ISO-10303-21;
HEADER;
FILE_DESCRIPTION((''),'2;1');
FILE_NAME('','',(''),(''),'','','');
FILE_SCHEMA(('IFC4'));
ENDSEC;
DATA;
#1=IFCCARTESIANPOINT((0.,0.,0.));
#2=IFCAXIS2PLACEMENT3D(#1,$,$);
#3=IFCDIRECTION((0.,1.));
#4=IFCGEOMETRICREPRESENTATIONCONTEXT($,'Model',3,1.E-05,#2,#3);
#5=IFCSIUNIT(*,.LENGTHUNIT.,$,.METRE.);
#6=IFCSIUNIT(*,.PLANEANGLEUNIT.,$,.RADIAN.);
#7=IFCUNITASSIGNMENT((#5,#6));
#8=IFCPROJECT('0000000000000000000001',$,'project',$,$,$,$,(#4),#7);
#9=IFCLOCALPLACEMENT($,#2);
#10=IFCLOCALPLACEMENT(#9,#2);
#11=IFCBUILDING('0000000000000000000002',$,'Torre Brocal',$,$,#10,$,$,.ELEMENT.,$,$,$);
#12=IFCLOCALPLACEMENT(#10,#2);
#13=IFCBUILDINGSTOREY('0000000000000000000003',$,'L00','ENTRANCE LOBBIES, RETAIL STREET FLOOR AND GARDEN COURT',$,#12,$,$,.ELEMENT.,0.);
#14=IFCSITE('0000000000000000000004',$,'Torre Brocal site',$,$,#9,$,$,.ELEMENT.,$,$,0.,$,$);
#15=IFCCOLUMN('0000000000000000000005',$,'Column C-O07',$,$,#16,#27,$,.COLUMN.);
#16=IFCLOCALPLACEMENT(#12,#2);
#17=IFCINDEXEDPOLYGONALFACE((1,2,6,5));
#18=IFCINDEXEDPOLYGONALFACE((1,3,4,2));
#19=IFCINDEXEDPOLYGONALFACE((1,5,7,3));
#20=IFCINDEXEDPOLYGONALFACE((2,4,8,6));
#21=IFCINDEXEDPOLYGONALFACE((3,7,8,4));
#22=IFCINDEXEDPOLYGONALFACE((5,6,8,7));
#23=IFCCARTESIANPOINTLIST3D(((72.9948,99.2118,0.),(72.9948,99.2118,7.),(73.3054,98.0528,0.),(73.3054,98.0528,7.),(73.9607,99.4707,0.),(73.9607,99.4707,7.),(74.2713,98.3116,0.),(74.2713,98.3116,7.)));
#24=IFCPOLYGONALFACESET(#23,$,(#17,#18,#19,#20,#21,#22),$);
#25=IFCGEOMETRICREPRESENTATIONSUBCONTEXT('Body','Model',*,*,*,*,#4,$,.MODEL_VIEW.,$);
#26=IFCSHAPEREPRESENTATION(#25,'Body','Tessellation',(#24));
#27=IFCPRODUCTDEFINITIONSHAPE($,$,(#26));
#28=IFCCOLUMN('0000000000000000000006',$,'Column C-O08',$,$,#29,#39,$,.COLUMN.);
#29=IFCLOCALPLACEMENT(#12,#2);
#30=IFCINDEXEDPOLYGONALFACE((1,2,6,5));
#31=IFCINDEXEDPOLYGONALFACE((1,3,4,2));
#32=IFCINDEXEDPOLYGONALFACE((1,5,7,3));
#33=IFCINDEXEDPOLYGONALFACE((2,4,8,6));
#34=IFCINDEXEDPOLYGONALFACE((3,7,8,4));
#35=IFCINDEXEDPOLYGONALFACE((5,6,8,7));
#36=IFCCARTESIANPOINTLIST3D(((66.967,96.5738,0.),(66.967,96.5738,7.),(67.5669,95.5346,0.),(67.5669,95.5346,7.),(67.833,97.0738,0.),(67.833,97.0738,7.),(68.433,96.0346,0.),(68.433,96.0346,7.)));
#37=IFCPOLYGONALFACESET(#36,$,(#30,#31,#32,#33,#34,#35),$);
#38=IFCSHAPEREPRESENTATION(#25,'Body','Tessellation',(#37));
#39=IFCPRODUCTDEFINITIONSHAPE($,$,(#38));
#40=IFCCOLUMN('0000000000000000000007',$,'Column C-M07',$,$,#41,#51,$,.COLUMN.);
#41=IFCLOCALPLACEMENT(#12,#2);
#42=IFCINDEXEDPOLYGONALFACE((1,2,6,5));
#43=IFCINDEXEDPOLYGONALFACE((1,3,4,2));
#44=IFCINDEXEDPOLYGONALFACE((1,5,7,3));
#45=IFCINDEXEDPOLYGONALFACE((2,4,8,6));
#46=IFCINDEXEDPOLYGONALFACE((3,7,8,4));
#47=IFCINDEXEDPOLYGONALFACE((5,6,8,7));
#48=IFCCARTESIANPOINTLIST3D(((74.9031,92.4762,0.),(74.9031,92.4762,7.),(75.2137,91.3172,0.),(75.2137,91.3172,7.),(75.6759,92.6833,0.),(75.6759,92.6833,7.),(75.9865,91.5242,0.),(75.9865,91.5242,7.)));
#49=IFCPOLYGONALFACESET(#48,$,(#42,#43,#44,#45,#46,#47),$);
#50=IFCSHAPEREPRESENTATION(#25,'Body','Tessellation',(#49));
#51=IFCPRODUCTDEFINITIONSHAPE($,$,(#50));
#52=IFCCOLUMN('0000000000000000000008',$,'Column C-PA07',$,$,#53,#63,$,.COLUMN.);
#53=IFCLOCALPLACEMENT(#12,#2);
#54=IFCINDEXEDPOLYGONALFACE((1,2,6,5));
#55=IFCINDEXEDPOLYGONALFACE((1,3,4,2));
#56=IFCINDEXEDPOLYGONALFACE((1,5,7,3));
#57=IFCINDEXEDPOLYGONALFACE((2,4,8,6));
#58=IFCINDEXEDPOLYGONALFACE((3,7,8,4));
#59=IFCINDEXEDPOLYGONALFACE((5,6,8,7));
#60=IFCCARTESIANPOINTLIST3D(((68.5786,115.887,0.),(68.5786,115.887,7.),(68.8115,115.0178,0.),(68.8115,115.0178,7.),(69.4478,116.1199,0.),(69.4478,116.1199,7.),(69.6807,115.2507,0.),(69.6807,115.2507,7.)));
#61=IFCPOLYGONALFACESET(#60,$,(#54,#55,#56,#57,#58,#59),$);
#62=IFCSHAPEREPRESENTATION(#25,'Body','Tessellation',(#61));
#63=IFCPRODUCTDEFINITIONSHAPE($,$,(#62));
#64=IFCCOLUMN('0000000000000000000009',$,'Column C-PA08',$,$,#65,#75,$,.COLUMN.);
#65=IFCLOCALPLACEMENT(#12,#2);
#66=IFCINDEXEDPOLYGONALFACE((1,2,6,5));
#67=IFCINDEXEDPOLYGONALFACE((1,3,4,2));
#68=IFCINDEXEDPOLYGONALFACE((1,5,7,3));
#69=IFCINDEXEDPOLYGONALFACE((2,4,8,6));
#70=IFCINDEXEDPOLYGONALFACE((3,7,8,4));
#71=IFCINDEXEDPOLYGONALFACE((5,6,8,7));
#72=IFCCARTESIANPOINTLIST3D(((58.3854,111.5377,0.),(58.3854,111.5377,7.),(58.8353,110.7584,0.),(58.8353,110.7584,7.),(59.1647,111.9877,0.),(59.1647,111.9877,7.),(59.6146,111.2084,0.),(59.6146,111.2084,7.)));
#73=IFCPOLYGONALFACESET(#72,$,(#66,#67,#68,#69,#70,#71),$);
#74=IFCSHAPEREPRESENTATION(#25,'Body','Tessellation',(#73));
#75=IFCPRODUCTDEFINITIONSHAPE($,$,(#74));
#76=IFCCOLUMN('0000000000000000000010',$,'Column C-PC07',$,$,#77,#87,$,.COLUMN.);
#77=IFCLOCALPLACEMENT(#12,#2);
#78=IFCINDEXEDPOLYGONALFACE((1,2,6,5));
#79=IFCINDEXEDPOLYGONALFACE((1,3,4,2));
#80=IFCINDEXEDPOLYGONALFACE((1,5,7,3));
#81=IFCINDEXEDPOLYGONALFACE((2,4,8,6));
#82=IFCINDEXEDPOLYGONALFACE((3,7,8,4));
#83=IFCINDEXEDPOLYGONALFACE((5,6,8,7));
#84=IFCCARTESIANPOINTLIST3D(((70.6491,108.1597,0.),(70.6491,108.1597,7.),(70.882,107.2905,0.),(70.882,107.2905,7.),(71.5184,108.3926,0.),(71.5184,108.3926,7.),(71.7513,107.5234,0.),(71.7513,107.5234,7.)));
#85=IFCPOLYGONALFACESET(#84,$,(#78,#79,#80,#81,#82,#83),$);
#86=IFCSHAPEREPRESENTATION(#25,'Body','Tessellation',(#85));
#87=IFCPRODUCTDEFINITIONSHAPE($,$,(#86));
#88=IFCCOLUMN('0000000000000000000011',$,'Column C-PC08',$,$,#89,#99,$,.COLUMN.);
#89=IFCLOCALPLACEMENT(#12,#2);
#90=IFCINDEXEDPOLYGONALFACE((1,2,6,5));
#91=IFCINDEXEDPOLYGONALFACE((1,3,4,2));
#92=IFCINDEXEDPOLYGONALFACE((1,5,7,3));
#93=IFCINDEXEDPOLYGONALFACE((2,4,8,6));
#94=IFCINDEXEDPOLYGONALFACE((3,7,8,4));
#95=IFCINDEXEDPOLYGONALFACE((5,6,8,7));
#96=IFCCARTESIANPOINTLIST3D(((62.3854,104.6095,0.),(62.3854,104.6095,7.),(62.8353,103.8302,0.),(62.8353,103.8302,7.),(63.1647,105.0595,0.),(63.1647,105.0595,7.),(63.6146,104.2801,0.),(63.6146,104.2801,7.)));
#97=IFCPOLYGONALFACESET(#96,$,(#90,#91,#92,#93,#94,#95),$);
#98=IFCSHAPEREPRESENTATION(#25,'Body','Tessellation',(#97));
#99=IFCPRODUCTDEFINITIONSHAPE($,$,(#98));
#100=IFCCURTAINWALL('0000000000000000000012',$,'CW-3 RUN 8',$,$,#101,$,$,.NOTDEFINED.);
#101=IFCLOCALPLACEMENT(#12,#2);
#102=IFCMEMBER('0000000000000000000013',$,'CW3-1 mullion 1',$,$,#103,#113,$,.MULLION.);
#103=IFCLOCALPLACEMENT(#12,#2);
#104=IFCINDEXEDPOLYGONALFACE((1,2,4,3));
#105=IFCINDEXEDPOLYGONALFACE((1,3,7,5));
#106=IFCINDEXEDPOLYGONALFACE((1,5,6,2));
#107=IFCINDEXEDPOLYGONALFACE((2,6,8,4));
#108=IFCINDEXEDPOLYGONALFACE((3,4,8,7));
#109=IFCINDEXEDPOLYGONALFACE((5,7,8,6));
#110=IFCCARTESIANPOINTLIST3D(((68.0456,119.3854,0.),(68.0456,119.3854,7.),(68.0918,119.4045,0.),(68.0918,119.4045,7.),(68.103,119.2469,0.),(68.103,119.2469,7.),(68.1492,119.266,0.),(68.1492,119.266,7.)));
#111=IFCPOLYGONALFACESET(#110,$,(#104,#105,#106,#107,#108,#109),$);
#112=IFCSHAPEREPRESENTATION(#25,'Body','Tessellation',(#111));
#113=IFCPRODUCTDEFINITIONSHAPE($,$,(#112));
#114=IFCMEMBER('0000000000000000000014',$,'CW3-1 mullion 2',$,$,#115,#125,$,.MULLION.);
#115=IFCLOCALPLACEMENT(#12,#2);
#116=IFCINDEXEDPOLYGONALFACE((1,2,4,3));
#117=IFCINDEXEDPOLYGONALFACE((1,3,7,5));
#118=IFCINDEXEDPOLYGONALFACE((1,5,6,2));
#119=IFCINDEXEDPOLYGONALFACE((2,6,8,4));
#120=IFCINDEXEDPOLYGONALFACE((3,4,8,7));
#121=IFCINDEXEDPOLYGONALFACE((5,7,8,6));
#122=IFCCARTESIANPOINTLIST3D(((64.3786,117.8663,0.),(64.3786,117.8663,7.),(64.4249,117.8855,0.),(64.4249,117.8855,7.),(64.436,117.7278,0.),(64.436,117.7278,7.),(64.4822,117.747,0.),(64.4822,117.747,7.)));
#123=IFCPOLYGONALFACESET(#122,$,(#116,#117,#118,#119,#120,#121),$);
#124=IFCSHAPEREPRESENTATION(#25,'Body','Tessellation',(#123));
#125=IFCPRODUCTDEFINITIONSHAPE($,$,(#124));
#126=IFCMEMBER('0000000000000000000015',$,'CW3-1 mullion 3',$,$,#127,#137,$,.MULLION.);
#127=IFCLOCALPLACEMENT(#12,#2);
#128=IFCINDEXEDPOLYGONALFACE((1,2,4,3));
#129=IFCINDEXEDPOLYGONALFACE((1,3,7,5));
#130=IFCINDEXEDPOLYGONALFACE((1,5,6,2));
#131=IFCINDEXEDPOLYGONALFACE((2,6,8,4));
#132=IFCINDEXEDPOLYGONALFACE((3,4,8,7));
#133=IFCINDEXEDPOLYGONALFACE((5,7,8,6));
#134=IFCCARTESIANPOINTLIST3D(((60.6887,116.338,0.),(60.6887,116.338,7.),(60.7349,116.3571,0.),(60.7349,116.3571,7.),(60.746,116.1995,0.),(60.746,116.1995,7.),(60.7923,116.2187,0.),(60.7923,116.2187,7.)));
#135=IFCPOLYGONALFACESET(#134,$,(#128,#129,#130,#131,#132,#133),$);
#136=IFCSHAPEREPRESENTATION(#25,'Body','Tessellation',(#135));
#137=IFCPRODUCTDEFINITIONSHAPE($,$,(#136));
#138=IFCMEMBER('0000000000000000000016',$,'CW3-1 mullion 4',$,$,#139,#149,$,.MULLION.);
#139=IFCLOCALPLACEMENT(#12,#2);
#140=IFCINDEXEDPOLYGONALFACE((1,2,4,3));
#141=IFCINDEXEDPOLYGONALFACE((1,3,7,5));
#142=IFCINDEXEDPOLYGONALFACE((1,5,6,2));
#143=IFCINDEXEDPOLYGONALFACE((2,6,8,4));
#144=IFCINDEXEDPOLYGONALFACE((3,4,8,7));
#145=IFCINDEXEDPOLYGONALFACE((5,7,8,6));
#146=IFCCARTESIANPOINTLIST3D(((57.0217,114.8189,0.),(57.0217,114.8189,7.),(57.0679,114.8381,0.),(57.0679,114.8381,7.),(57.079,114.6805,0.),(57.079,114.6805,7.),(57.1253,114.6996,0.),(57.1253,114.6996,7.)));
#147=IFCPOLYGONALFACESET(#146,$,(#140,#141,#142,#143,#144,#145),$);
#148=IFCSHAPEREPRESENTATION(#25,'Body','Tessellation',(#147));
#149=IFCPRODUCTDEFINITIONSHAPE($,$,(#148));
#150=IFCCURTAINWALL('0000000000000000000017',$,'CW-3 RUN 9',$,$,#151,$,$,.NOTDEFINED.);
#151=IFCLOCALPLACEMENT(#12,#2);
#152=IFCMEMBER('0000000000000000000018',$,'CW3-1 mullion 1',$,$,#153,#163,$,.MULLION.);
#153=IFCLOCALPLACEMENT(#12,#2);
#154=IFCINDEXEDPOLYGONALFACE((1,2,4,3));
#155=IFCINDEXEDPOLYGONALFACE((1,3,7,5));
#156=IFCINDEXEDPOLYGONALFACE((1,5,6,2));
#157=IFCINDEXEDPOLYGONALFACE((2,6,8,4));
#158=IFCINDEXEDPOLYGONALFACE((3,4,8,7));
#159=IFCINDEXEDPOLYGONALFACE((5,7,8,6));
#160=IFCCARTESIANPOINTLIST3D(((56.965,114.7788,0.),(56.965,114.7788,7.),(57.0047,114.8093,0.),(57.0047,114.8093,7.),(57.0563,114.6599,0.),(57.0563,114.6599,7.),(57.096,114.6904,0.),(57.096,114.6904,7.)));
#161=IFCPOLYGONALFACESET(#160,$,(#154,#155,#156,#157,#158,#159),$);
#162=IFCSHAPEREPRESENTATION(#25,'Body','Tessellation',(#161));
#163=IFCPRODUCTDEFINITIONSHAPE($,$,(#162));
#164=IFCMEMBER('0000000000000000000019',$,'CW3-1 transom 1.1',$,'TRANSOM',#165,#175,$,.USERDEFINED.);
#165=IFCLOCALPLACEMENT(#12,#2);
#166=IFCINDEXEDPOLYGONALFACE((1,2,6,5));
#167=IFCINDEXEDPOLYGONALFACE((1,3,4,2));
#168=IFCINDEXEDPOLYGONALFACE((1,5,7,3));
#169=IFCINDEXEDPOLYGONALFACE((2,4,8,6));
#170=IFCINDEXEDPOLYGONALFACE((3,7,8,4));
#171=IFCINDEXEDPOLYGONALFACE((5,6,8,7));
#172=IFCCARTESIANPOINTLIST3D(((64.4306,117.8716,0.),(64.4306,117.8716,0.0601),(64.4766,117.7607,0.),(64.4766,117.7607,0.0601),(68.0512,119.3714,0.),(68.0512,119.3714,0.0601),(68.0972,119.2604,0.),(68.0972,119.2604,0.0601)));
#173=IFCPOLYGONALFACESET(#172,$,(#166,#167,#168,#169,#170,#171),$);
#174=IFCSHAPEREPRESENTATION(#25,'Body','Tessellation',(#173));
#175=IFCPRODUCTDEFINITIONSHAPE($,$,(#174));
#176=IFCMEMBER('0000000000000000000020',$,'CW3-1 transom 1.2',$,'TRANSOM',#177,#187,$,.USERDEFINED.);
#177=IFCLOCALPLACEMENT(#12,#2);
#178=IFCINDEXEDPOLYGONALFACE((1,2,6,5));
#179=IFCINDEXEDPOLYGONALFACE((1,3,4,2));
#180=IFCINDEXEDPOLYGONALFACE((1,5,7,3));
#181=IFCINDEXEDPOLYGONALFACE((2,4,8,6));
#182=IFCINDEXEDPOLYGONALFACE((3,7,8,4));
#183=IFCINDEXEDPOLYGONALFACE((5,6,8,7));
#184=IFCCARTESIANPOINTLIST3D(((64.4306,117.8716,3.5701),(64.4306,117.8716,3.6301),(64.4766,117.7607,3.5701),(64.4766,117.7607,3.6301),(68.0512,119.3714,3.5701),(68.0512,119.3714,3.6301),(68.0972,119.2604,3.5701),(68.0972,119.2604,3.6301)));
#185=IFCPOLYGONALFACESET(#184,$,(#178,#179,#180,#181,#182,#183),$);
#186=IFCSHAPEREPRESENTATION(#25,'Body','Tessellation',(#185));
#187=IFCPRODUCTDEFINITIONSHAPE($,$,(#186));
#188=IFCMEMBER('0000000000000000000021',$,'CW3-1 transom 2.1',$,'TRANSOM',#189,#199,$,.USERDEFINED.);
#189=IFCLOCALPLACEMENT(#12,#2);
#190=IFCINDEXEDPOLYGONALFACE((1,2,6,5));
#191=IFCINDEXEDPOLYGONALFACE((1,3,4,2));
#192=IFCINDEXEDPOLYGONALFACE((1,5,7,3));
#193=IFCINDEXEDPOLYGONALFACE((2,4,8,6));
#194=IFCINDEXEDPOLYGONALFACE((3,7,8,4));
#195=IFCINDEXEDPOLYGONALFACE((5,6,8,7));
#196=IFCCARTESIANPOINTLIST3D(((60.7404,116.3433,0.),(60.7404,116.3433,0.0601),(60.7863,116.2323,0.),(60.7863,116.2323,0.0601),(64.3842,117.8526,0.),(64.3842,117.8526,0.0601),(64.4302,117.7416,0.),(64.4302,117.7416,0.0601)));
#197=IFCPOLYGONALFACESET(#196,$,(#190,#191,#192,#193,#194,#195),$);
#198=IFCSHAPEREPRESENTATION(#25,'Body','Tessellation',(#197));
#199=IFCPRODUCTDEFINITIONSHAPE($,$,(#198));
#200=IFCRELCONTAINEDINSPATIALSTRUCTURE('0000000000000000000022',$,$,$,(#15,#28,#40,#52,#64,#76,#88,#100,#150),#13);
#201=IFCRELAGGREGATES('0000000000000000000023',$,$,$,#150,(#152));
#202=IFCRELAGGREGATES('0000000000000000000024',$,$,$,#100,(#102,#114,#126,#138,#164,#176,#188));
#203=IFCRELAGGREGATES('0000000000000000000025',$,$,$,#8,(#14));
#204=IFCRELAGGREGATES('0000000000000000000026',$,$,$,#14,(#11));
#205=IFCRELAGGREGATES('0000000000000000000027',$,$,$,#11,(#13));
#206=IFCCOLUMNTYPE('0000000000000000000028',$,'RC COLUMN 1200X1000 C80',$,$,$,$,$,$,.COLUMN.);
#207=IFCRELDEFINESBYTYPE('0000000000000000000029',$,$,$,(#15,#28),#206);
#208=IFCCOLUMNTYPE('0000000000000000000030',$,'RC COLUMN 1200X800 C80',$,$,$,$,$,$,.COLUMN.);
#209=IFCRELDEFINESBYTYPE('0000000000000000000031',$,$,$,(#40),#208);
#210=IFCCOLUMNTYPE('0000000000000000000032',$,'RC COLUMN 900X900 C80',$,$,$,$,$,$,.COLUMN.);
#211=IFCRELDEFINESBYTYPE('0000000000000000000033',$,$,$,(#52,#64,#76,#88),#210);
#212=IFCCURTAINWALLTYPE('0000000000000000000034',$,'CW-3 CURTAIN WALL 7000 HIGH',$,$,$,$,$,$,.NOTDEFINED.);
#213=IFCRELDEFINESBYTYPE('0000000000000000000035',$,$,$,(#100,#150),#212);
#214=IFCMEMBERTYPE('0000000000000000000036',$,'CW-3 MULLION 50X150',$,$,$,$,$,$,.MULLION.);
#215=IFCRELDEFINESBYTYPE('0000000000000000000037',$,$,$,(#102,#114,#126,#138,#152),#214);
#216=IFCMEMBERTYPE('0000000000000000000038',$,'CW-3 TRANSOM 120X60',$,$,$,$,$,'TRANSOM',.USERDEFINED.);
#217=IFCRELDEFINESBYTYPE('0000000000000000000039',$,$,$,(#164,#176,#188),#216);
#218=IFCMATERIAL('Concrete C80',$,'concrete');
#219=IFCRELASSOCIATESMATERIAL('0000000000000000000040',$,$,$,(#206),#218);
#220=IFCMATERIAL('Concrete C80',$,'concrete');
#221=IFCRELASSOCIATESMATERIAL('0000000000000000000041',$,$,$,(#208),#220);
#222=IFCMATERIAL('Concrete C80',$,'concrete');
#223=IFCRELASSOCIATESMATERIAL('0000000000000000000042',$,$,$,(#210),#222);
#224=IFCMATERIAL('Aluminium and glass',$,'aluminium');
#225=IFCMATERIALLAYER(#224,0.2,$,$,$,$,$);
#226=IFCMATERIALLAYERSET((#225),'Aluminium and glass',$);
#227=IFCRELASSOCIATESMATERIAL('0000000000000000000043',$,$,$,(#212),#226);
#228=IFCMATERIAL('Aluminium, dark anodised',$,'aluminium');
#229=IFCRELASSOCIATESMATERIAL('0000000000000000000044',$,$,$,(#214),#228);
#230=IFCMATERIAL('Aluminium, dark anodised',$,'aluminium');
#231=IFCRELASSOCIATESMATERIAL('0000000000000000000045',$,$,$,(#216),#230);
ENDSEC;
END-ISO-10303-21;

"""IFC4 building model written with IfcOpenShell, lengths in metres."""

from ifc_helpers import new_model, si_unit, direction, frame, origin, origin_2d, place, context, subcontext, project, spatial, rectangle, extrude, material, layer, layer_set, material_profile, profile_set, type_object, element, aggregate, save


model = new_model("IFC4")

# Units and contexts
model_context = context("Model", 3, precision=1e-05, world=origin(), true_north=direction((0.0, 1.0)))
body_context = subcontext(model_context, "Body", "Model", "MODEL_VIEW")
ifc_project = project(units=[si_unit("LENGTHUNIT", "METRE"), si_unit("PLANEANGLEUNIT", "RADIAN")], contexts=[model_context])

# Site, building, storey
site_placement = place(None, origin())
site = spatial("IfcSite", under=ifc_project, at=site_placement, Name="Torre Brocal site", CompositionType="ELEMENT", RefElevation=0.0)
building_placement = place(site_placement, origin())
building = spatial("IfcBuilding", under=site, at=building_placement, Name="Torre Brocal", CompositionType="ELEMENT")
storey_placement = place(building_placement, origin())
storey = spatial("IfcBuildingStorey", under=building, at=storey_placement, Name="L00", Description="ENTRANCE LOBBIES, RETAIL STREET FLOOR AND GARDEN COURT", CompositionType="ELEMENT", Elevation=0.0)

# Columns
ifc_material_1 = material(Name="Concrete C80", Category="concrete")
ifc_material_profile_1 = material_profile(ifc_material_1, rectangle(XDim=1.2, YDim=1.0, at=origin_2d()), Name="RC 1200X1000")
ifc_profile_set_1 = profile_set([ifc_material_profile_1], Name="Concrete C80")
column_type_1 = type_object("IfcColumnType", Name="RC COLUMN 1200X1000 C80", PredefinedType="COLUMN", material=ifc_profile_set_1)
for number, where, z_axis, x_axis, name in (
    (1, (73.6331, 98.7617, 0.0), (0.0, 0.0, 1.0), (-0.258819, 0.965926, 0.0), "Column C-O07"),
    (2, (67.7, 96.3042, 0.0), (0.0, 0.0, 1.0), (-0.5, 0.866025, 0.0), "Column C-O08"),
):
    element("IfcColumn", number, at=place(storey_placement, frame(where, z_axis=z_axis, x_axis=x_axis)), inside=storey, type_object=column_type_1, Name=name, PredefinedType="COLUMN", context=body_context, shape_type="SweptSolid", body=[
        extrude(rectangle(XDim=1.2, YDim=1.0, at=origin_2d()), origin(), (0.0, 0.0, 1.0), 7.0),
    ])
ifc_material_2 = material(Name="Concrete C80", Category="concrete")
ifc_material_profile_2 = material_profile(ifc_material_2, rectangle(XDim=1.2, YDim=0.8, at=origin_2d()), Name="RC 1200X800")
ifc_profile_set_2 = profile_set([ifc_material_profile_2], Name="Concrete C80")
column_type_2 = type_object("IfcColumnType", Name="RC COLUMN 1200X800 C80", PredefinedType="COLUMN", material=ifc_profile_set_2)
column_placement = place(storey_placement, frame((75.4448, 92.0002, 0.0), z_axis=(0.0, 0.0, 1.0), x_axis=(-0.258819, 0.965926, 0.0)))
element("IfcColumn", 3, at=column_placement, inside=storey, type_object=column_type_2, Name="Column C-M07", PredefinedType="COLUMN", context=body_context, shape_type="SweptSolid", body=[
    extrude(rectangle(XDim=1.2, YDim=0.8, at=origin_2d()), origin(), (0.0, 0.0, 1.0), 7.0),
])
ifc_material_3 = material(Name="Concrete C80", Category="concrete")
ifc_material_profile_3 = material_profile(ifc_material_3, rectangle(XDim=0.8999, YDim=0.8999, at=origin_2d()), Name="RC 900X900")
ifc_profile_set_3 = profile_set([ifc_material_profile_3], Name="Concrete C80")
column_type_3 = type_object("IfcColumnType", Name="RC COLUMN 900X900 C80", PredefinedType="COLUMN", material=ifc_profile_set_3)
for number, where, z_axis, x_axis, name in (
    (4, (69.1296, 115.5688, 0.0), (0.0, 0.0, 1.0), (-0.258819, 0.965926, 0.0), "Column C-PA07"),
    (5, (59.0, 111.373, 0.0), (0.0, 0.0, 1.0), (-0.5, 0.866025, 0.0), "Column C-PA08"),
    (6, (71.2002, 107.8416, 0.0), (0.0, 0.0, 1.0), (-0.258819, 0.965926, 0.0), "Column C-PC07"),
    (7, (63.0, 104.4448, 0.0), (0.0, 0.0, 1.0), (-0.5, 0.866025, 0.0), "Column C-PC08"),
):
    element("IfcColumn", number, at=place(storey_placement, frame(where, z_axis=z_axis, x_axis=x_axis)), inside=storey, type_object=column_type_3, Name=name, PredefinedType="COLUMN", context=body_context, shape_type="SweptSolid", body=[
        extrude(rectangle(XDim=0.8999, YDim=0.8999, at=origin_2d()), origin(), (0.0, 0.0, 1.0), 7.0),
    ])

# Curtain wall, members
ifc_material_4 = material(Name="Aluminium and glass", Category="aluminium")
ifc_layer_1 = layer(ifc_material_4, 0.2)
ifc_layer_set_1 = layer_set([ifc_layer_1], Name="Aluminium and glass")
curtain_wall_type = type_object("IfcCurtainWallType", Name="CW-3 CURTAIN WALL 7000 HIGH", PredefinedType="NOTDEFINED", material=ifc_layer_set_1)
curtain_wall_1_placement = place(storey_placement, origin())
curtain_wall_1 = element("IfcCurtainWall", 8, at=curtain_wall_1_placement, inside=storey, type_object=curtain_wall_type, Name="CW-3 RUN 8", PredefinedType="NOTDEFINED")
ifc_material_5 = material(Name="Aluminium, dark anodised", Category="aluminium")
ifc_material_profile_4 = material_profile(ifc_material_5, rectangle(XDim=0.1499, YDim=0.05, at=origin_2d()), Name="CW-3 MULLION 50X150")
ifc_profile_set_4 = profile_set([ifc_material_profile_4], Name="Aluminium, dark anodised")
member_type_1 = type_object("IfcMemberType", Name="CW-3 MULLION 50X150", PredefinedType="MULLION", material=ifc_profile_set_4)
member_1_placement = place(storey_placement, frame((68.0974, 119.3257, 0.0), z_axis=(0.0, 0.0, 1.0), x_axis=(0.382683, -0.92388, 0.0)))
member_1 = element("IfcMember", 9, at=member_1_placement, type_object=member_type_1, Name="CW3-1 mullion 1", PredefinedType="MULLION", context=body_context, shape_type="SweptSolid", body=[
    extrude(rectangle(XDim=0.1499, YDim=0.05, at=origin_2d()), origin(), (0.0, 0.0, 1.0), 7.0),
])
member_2_placement = place(storey_placement, frame((64.4304, 117.8066, 0.0), z_axis=(0.0, 0.0, 1.0), x_axis=(0.382683, -0.92388, 0.0)))
member_2 = element("IfcMember", 10, at=member_2_placement, type_object=member_type_1, Name="CW3-1 mullion 2", PredefinedType="MULLION", context=body_context, shape_type="SweptSolid", body=[
    extrude(rectangle(XDim=0.1499, YDim=0.05, at=origin_2d()), origin(), (0.0, 0.0, 1.0), 7.0),
])
member_3_placement = place(storey_placement, frame((60.7405, 116.2783, 0.0), z_axis=(0.0, 0.0, 1.0), x_axis=(0.382683, -0.92388, 0.0)))
member_3 = element("IfcMember", 11, at=member_3_placement, type_object=member_type_1, Name="CW3-1 mullion 3", PredefinedType="MULLION", context=body_context, shape_type="SweptSolid", body=[
    extrude(rectangle(XDim=0.1499, YDim=0.05, at=origin_2d()), origin(), (0.0, 0.0, 1.0), 7.0),
])
member_4_placement = place(storey_placement, frame((57.0735, 114.7593, 0.0), z_axis=(0.0, 0.0, 1.0), x_axis=(0.382683, -0.92388, 0.0)))
member_4 = element("IfcMember", 12, at=member_4_placement, type_object=member_type_1, Name="CW3-1 mullion 4", PredefinedType="MULLION", context=body_context, shape_type="SweptSolid", body=[
    extrude(rectangle(XDim=0.1499, YDim=0.05, at=origin_2d()), origin(), (0.0, 0.0, 1.0), 7.0),
])

# Curtain wall, member
curtain_wall_2_placement = place(storey_placement, origin())
curtain_wall_2 = element("IfcCurtainWall", 13, at=curtain_wall_2_placement, inside=storey, type_object=curtain_wall_type, Name="CW-3 RUN 9", PredefinedType="NOTDEFINED")
member_5_placement = place(storey_placement, frame((57.0305, 114.7346, 0.0), z_axis=(0.0, 0.0, 1.0), x_axis=(0.608761, -0.793353, 0.0)))
member_5 = element("IfcMember", 14, at=member_5_placement, type_object=member_type_1, Name="CW3-1 mullion 1", PredefinedType="MULLION", context=body_context, shape_type="SweptSolid", body=[
    extrude(rectangle(XDim=0.1499, YDim=0.05, at=origin_2d()), origin(), (0.0, 0.0, 1.0), 7.0),
])
aggregate(curtain_wall_2, [member_5])

# Members
ifc_material_6 = material(Name="Aluminium, dark anodised", Category="aluminium")
ifc_material_profile_5 = material_profile(ifc_material_6, rectangle(XDim=0.1201, YDim=0.0601, at=origin_2d()), Name="CW-3 TRANSOM 120X60")
ifc_profile_set_5 = profile_set([ifc_material_profile_5], Name="Aluminium, dark anodised")
member_type_2 = type_object("IfcMemberType", Name="CW-3 TRANSOM 120X60", ElementType="TRANSOM", PredefinedType="USERDEFINED", material=ifc_profile_set_5)
member_6_placement = place(storey_placement, frame((68.0742, 119.3159, 0.03), z_axis=(-0.923875, -0.382695, 0.0), x_axis=(0.382695, -0.923875, 0.0)))
member_6 = element("IfcMember", 15, at=member_6_placement, type_object=member_type_2, Name="CW3-1 transom 1.1", ObjectType="TRANSOM", PredefinedType="USERDEFINED", context=body_context, shape_type="SweptSolid", body=[
    extrude(rectangle(XDim=0.1201, YDim=0.0601, at=origin_2d()), origin(), (0.0, 0.0, 1.0), 3.9189),
])
member_7_placement = place(storey_placement, frame((68.0742, 119.3159, 3.6001), z_axis=(-0.923875, -0.382695, 0.0), x_axis=(0.382695, -0.923875, 0.0)))
member_7 = element("IfcMember", 16, at=member_7_placement, type_object=member_type_2, Name="CW3-1 transom 1.2", ObjectType="TRANSOM", PredefinedType="USERDEFINED", context=body_context, shape_type="SweptSolid", body=[
    extrude(rectangle(XDim=0.1201, YDim=0.0601, at=origin_2d()), origin(), (0.0, 0.0, 1.0), 3.9189),
])
member_8_placement = place(storey_placement, frame((64.4072, 117.7971, 0.03), z_axis=(-0.923883, -0.382676, 0.0), x_axis=(0.382676, -0.923883, 0.0)))
member_8 = element("IfcMember", 17, at=member_8_placement, type_object=member_type_2, Name="CW3-1 transom 2.1", ObjectType="TRANSOM", PredefinedType="USERDEFINED", context=body_context, shape_type="SweptSolid", body=[
    extrude(rectangle(XDim=0.1201, YDim=0.0601, at=origin_2d()), origin(), (0.0, 0.0, 1.0), 3.9441),
])

aggregate(curtain_wall_1, [member_1, member_2, member_3, member_4, member_6, member_7, member_8])

save(model, "model.ifc")
